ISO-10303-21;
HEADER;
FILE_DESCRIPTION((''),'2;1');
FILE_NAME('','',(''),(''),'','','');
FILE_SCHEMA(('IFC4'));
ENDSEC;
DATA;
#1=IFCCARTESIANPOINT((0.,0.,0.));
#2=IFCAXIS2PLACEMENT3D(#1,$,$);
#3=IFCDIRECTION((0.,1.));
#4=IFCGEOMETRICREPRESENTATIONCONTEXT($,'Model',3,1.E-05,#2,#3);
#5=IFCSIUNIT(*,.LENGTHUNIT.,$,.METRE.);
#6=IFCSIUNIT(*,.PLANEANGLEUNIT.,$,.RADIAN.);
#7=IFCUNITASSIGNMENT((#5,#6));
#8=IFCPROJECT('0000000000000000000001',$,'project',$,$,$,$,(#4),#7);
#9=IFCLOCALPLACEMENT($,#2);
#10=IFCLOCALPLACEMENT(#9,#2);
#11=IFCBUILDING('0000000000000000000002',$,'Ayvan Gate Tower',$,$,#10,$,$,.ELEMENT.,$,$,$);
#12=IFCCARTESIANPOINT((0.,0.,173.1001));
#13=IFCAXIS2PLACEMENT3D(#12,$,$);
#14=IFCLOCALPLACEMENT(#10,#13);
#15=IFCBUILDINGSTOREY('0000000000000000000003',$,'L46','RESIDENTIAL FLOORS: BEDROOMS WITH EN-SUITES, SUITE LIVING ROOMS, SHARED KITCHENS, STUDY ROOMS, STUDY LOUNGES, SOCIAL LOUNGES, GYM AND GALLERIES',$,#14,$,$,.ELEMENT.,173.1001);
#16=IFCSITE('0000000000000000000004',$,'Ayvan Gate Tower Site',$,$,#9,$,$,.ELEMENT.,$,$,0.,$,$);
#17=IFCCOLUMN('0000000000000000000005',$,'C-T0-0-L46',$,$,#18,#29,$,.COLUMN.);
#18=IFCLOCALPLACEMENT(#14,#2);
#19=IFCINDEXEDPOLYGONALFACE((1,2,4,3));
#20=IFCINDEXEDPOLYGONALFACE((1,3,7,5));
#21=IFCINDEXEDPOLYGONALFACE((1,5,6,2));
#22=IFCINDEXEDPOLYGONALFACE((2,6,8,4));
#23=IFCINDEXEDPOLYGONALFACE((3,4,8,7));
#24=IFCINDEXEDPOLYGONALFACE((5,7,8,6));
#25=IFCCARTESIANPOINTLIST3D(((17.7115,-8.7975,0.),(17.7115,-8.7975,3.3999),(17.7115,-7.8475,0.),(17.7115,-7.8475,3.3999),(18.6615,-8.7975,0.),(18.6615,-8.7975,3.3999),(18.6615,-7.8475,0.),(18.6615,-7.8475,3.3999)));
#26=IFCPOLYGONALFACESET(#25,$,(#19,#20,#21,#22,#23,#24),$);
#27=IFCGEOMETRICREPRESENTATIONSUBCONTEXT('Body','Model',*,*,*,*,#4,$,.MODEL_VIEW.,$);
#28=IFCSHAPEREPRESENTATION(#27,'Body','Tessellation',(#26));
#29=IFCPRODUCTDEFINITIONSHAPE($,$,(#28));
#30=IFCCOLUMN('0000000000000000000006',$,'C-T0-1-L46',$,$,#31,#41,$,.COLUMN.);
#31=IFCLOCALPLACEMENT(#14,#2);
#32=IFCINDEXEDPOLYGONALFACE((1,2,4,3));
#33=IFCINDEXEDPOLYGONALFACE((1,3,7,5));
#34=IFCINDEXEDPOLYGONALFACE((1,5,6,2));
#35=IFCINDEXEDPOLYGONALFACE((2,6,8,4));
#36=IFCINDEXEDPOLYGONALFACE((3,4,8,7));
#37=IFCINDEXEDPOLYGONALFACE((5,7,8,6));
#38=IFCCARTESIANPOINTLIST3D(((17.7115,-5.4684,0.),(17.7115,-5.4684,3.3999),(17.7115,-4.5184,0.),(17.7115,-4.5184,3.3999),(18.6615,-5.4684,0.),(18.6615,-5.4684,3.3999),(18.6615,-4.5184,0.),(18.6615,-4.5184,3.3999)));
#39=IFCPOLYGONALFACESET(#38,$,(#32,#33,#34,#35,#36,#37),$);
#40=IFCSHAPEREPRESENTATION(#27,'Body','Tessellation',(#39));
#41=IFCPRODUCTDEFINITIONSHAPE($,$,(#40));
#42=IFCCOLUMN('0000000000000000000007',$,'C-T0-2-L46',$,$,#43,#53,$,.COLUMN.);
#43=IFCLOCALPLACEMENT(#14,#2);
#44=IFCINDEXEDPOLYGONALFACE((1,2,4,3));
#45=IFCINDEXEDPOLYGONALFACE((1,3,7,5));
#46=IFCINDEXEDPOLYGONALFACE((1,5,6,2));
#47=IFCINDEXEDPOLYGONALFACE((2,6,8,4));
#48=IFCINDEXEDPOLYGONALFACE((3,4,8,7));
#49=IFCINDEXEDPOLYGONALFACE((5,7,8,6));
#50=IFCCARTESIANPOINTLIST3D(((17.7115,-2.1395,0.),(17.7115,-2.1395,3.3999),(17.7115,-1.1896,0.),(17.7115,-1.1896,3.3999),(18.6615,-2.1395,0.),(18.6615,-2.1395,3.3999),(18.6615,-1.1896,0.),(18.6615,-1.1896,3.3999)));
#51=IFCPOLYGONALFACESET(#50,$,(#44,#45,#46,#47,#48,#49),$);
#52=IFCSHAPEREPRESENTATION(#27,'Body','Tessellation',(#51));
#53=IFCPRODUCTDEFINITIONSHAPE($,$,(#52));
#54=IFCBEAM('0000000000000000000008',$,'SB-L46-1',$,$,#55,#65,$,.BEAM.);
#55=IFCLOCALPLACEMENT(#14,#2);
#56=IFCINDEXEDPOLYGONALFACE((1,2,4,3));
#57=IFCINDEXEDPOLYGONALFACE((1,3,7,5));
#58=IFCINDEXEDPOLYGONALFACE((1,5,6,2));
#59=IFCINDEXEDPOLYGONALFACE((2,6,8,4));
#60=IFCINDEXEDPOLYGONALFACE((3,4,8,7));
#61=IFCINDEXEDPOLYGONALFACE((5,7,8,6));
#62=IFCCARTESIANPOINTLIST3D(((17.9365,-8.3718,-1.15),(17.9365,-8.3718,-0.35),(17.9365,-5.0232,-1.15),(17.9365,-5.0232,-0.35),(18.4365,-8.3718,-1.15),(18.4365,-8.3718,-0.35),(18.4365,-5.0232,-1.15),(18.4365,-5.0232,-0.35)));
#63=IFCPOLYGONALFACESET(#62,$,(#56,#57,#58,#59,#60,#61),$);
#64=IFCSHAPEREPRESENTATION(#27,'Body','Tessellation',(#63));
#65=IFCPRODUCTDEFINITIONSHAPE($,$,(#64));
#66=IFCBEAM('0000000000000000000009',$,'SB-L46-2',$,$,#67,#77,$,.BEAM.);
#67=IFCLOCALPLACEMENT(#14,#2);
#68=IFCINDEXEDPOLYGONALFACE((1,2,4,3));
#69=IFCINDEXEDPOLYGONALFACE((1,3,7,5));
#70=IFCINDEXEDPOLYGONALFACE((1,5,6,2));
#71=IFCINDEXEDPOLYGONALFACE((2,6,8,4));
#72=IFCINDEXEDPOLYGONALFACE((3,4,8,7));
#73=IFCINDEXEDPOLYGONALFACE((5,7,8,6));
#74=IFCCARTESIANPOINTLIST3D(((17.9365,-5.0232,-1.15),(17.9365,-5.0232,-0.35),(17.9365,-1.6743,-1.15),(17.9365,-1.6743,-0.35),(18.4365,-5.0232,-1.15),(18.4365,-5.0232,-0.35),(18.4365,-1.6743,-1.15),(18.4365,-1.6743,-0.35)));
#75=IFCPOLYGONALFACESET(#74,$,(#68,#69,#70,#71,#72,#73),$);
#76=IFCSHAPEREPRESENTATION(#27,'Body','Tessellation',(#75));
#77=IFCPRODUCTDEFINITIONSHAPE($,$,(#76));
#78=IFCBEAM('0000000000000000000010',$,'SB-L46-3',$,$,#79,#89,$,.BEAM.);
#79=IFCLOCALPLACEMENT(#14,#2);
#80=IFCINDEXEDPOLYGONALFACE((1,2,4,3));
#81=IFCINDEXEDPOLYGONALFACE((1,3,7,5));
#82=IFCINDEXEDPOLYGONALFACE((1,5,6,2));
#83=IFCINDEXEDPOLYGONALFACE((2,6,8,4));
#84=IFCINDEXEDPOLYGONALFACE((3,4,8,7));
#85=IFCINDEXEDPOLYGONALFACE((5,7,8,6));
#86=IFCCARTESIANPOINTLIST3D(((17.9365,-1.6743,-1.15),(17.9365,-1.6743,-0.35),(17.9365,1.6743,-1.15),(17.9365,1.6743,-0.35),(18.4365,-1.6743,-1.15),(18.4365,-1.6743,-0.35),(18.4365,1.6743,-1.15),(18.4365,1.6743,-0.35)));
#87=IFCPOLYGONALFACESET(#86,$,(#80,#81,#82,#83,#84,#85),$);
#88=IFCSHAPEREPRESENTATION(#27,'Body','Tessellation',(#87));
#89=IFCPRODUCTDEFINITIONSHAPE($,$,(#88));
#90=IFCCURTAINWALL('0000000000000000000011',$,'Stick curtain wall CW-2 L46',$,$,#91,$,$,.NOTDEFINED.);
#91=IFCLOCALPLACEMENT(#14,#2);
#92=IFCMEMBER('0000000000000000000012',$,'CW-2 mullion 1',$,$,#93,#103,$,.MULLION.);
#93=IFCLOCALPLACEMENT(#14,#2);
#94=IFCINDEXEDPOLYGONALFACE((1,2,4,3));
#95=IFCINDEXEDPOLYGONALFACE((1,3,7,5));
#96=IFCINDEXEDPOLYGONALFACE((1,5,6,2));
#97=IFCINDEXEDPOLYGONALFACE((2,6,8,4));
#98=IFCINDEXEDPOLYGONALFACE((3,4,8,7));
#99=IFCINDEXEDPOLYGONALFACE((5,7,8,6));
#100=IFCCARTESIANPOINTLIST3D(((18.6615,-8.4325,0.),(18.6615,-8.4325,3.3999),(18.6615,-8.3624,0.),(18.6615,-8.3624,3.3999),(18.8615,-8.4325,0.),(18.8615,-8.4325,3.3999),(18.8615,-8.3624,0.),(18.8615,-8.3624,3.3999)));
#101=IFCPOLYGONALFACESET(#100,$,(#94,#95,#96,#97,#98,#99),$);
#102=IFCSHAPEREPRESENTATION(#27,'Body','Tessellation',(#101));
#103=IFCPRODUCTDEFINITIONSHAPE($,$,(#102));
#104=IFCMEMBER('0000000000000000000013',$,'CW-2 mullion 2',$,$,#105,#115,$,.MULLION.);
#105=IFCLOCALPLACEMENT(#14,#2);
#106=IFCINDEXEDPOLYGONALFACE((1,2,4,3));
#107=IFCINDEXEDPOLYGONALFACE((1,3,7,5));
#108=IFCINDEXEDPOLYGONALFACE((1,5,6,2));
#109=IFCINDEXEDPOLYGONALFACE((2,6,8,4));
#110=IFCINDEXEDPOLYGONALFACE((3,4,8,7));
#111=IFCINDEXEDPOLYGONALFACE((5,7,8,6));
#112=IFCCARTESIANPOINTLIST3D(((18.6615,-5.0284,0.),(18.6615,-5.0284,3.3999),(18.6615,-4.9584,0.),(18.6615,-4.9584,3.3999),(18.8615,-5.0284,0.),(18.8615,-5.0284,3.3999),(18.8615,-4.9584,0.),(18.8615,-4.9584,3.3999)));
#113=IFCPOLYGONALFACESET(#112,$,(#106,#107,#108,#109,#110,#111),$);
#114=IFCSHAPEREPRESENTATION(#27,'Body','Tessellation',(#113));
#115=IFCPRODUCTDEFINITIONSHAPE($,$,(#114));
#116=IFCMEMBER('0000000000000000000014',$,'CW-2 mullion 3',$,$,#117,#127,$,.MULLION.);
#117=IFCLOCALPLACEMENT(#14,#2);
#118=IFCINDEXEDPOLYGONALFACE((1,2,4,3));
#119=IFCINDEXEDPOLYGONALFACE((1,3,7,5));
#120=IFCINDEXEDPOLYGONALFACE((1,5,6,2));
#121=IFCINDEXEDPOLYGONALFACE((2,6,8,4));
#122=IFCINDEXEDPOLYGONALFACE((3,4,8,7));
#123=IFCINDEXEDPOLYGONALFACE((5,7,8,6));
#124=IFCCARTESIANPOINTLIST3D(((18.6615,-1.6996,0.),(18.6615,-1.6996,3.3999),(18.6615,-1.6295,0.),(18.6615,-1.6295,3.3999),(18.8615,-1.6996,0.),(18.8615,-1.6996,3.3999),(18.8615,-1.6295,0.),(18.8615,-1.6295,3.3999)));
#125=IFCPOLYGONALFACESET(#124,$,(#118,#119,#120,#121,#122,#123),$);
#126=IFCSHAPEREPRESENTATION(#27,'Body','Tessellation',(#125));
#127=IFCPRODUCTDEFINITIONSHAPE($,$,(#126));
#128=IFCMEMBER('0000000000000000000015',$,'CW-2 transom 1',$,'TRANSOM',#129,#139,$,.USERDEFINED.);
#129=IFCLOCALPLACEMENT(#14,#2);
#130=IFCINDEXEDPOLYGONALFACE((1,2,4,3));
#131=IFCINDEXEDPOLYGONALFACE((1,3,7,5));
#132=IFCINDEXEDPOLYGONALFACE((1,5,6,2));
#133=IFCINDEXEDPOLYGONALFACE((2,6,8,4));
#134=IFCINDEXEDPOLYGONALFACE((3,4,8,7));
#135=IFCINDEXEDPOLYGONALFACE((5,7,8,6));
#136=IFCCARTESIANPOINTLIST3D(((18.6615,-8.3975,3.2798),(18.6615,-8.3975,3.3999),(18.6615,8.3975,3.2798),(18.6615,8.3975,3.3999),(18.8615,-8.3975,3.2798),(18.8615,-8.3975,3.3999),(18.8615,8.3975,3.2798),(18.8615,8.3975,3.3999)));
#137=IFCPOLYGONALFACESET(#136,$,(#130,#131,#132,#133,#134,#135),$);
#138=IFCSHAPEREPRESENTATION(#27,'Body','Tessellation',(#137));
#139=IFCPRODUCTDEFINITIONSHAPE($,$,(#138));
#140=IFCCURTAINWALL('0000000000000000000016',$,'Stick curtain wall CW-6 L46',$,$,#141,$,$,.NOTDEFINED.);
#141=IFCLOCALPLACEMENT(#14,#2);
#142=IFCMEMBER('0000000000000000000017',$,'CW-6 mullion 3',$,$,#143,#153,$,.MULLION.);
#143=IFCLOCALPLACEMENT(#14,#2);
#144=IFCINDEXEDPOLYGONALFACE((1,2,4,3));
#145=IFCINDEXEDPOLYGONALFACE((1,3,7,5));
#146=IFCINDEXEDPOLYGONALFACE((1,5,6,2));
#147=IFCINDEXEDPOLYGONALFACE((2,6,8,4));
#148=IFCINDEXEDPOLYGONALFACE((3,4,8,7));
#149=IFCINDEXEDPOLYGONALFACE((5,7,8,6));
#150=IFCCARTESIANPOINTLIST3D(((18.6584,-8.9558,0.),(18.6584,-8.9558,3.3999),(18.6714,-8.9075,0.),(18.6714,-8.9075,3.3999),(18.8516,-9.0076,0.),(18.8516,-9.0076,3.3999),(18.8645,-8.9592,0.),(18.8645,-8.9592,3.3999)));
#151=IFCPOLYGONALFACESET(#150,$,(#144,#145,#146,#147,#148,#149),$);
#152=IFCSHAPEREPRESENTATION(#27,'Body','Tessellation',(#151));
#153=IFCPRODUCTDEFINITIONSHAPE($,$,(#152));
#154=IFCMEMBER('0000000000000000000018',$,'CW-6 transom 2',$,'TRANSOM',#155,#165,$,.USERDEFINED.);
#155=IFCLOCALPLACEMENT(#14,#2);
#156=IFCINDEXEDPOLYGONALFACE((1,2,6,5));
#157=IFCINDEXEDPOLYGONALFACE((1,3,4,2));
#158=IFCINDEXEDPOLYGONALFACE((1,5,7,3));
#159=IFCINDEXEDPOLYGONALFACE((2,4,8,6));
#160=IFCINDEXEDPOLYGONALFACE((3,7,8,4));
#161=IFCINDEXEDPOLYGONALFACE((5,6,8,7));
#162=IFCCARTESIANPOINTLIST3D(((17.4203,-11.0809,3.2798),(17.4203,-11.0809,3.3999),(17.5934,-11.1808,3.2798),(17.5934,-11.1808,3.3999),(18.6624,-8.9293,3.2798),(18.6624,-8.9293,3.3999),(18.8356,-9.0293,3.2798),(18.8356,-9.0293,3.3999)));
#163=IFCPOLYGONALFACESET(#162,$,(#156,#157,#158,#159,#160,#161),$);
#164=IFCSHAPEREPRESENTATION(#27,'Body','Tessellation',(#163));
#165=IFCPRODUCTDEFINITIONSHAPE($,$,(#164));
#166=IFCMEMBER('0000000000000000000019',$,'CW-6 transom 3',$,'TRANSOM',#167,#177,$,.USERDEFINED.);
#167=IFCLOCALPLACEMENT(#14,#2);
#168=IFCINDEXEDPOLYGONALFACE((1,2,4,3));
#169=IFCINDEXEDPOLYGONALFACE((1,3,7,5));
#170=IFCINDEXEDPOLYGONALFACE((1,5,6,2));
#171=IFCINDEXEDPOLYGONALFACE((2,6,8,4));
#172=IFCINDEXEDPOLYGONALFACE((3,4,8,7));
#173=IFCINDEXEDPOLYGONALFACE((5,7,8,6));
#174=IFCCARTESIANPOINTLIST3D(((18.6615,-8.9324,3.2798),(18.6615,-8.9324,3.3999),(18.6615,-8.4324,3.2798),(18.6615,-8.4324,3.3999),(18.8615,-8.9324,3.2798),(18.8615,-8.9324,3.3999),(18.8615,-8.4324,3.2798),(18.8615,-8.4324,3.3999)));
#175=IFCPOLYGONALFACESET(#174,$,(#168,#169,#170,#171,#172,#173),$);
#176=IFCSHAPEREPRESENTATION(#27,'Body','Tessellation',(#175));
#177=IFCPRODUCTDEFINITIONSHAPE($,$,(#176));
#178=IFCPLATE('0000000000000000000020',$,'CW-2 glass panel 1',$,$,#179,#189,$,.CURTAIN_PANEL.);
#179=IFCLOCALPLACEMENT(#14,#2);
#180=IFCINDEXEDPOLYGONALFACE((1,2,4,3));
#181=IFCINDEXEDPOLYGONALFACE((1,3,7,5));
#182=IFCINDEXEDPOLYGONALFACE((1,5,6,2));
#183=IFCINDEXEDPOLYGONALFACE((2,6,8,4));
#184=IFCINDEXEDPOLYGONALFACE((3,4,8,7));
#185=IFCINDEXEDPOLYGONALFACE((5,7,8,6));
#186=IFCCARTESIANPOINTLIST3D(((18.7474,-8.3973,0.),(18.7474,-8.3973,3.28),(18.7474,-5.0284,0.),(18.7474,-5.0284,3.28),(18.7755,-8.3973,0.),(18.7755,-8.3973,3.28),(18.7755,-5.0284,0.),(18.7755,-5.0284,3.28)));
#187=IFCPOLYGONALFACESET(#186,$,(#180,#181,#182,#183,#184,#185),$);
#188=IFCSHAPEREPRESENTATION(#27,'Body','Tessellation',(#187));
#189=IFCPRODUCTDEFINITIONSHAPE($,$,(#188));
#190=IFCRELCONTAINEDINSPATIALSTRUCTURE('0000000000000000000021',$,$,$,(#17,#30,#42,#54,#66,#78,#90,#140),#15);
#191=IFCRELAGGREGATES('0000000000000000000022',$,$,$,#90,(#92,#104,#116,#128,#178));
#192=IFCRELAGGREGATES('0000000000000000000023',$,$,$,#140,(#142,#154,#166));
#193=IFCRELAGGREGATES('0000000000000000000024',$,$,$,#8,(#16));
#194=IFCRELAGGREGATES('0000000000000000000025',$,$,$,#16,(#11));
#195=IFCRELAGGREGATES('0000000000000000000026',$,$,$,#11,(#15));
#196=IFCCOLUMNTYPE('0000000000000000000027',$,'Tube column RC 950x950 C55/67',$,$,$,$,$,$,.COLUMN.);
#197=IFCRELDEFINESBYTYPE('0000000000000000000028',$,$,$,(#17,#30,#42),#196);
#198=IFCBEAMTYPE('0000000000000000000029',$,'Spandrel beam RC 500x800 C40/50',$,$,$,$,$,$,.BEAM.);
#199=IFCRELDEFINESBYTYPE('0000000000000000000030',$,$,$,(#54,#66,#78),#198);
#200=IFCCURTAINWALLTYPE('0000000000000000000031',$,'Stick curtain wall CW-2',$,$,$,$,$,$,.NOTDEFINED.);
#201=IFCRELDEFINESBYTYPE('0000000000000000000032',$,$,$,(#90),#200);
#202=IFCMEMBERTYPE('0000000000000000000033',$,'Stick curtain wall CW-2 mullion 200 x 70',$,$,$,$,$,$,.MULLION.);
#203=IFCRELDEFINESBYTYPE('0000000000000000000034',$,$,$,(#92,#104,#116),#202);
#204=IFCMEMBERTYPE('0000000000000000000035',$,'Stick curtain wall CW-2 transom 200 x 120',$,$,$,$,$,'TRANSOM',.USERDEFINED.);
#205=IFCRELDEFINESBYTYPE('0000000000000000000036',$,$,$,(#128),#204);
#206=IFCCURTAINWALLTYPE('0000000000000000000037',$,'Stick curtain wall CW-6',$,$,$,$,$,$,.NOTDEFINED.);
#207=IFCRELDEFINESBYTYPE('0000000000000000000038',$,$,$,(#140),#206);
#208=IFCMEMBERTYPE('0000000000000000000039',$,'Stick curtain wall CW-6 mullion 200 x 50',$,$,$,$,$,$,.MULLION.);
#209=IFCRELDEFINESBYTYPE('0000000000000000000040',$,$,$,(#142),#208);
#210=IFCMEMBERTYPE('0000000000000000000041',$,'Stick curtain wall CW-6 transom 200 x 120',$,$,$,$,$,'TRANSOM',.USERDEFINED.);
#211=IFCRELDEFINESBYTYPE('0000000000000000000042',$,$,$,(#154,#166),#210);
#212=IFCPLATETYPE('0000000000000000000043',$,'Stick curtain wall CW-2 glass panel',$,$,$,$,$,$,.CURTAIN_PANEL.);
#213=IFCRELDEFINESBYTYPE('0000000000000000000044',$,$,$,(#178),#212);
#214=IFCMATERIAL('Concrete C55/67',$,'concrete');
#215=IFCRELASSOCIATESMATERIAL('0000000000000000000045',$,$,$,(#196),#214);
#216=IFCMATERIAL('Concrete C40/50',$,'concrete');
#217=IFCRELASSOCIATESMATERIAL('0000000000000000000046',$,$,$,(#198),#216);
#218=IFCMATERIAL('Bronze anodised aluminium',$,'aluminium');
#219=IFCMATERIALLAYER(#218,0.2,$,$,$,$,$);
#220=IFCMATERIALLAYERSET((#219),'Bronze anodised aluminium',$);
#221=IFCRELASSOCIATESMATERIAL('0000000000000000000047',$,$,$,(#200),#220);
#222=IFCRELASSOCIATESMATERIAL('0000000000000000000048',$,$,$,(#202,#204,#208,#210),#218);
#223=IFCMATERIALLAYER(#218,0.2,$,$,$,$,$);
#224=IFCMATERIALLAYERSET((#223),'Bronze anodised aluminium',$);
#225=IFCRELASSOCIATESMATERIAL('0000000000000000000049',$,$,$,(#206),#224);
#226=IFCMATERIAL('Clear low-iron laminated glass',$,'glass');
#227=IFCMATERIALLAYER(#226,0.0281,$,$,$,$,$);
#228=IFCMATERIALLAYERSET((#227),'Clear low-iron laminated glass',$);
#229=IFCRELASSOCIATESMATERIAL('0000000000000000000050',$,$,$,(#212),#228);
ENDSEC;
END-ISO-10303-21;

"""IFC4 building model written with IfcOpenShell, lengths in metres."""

from ifc_helpers import new_model, si_unit, direction, frame, origin, origin_2d, place, context, subcontext, project, spatial, rectangle, extrude, material, layer, layer_set, material_profile, profile_set, type_object, element, aggregate, save


model = new_model("IFC4")

# Units and contexts
model_context = context("Model", 3, precision=1e-05, world=origin(), true_north=direction((0.0, 1.0)))
body_context = subcontext(model_context, "Body", "Model", "MODEL_VIEW")
ifc_project = project(units=[si_unit("LENGTHUNIT", "METRE"), si_unit("PLANEANGLEUNIT", "RADIAN")], contexts=[model_context])

# Site, building, storey
site_placement = place(None, origin())
site = spatial("IfcSite", under=ifc_project, at=site_placement, Name="Ayvan Gate Tower Site", CompositionType="ELEMENT", RefElevation=0.0)
building_placement = place(site_placement, origin())
building = spatial("IfcBuilding", under=site, at=building_placement, Name="Ayvan Gate Tower", CompositionType="ELEMENT")
storey_placement = place(building_placement, frame((0.0, 0.0, 173.1001)))
storey = spatial("IfcBuildingStorey", under=building, at=storey_placement, Name="L46", Description="RESIDENTIAL FLOORS: BEDROOMS WITH EN-SUITES, SUITE LIVING ROOMS, SHARED KITCHENS, STUDY ROOMS, STUDY LOUNGES, SOCIAL LOUNGES, GYM AND GALLERIES", CompositionType="ELEMENT", Elevation=173.1001)

# Columns
ifc_material_1 = material(Name="Concrete C55/67", Category="concrete")
ifc_material_profile_1 = material_profile(ifc_material_1, rectangle(XDim=0.95, YDim=0.95, at=origin_2d()), Name="RC 950x950")
ifc_profile_set_1 = profile_set([ifc_material_profile_1], Name="Concrete C55/67")
column_type = type_object("IfcColumnType", Name="Tube column RC 950x950 C55/67", PredefinedType="COLUMN", material=ifc_profile_set_1)
for number, where, z_axis, x_axis, name in (
    (1, (18.1865, -8.3225, 0.0), (0.0, 0.0, 1.0), (1.0, 0.0, 0.0), "C-T0-0-L46"),
    (2, (18.1865, -4.9934, 0.0), (0.0, 0.0, 1.0), (1.0, 0.0, 0.0), "C-T0-1-L46"),
    (3, (18.1865, -1.6646, 0.0), (0.0, 0.0, 1.0), (1.0, 0.0, 0.0), "C-T0-2-L46"),
):
    element("IfcColumn", number, at=place(storey_placement, frame(where, z_axis=z_axis, x_axis=x_axis)), inside=storey, type_object=column_type, Name=name, PredefinedType="COLUMN", context=body_context, shape_type="SweptSolid", body=[
        extrude(rectangle(XDim=0.95, YDim=0.95, at=origin_2d()), origin(), (0.0, 0.0, 1.0), 3.3999),
    ])

# Beams
ifc_material_2 = material(Name="Concrete C40/50", Category="concrete")
ifc_material_profile_2 = material_profile(ifc_material_2, rectangle(XDim=0.5, YDim=0.8, at=origin_2d()), Name="RC 500x800")
ifc_profile_set_2 = profile_set([ifc_material_profile_2], Name="Concrete C40/50")
beam_type = type_object("IfcBeamType", Name="Spandrel beam RC 500x800 C40/50", PredefinedType="BEAM", material=ifc_profile_set_2)
beam_1_placement = place(storey_placement, frame((18.1865, -8.3718, -0.75), z_axis=(0.0, 1.0, 0.0), x_axis=(-1.0, 0.0, 0.0)))
element("IfcBeam", 4, at=beam_1_placement, inside=storey, type_object=beam_type, Name="SB-L46-1", PredefinedType="BEAM", context=body_context, shape_type="SweptSolid", body=[
    extrude(rectangle(XDim=0.5, YDim=0.8, at=origin_2d()), origin(), (0.0, 0.0, 1.0), 3.3486),
])
beam_2_placement = place(storey_placement, frame((18.1865, -5.0232, -0.75), z_axis=(0.0, 1.0, 0.0), x_axis=(-1.0, 0.0, 0.0)))
element("IfcBeam", 5, at=beam_2_placement, inside=storey, type_object=beam_type, Name="SB-L46-2", PredefinedType="BEAM", context=body_context, shape_type="SweptSolid", body=[
    extrude(rectangle(XDim=0.5, YDim=0.8, at=origin_2d()), origin(), (0.0, 0.0, 1.0), 3.3489),
])
beam_3_placement = place(storey_placement, frame((18.1865, -1.6743, -0.75), z_axis=(0.0, 1.0, 0.0), x_axis=(-1.0, 0.0, 0.0)))
element("IfcBeam", 6, at=beam_3_placement, inside=storey, type_object=beam_type, Name="SB-L46-3", PredefinedType="BEAM", context=body_context, shape_type="SweptSolid", body=[
    extrude(rectangle(XDim=0.5, YDim=0.8, at=origin_2d()), origin(), (0.0, 0.0, 1.0), 3.3486),
])

# Curtain walls, members
ifc_material_3 = material(Name="Bronze anodised aluminium", Category="aluminium")
ifc_layer_1 = layer(ifc_material_3, 0.2)
ifc_layer_set_1 = layer_set([ifc_layer_1], Name="Bronze anodised aluminium")
curtain_wall_type_1 = type_object("IfcCurtainWallType", Name="Stick curtain wall CW-2", PredefinedType="NOTDEFINED", material=ifc_layer_set_1)
curtain_wall_1_placement = place(storey_placement, origin())
curtain_wall_1 = element("IfcCurtainWall", 7, at=curtain_wall_1_placement, inside=storey, type_object=curtain_wall_type_1, Name="Stick curtain wall CW-2 L46", PredefinedType="NOTDEFINED")
ifc_material_profile_3 = material_profile(ifc_material_3, rectangle(XDim=0.2, YDim=0.0701, at=origin_2d()), Name="Stick curtain wall CW-2 mullion 200 x 70")
ifc_profile_set_3 = profile_set([ifc_material_profile_3], Name="Bronze anodised aluminium")
member_type_1 = type_object("IfcMemberType", Name="Stick curtain wall CW-2 mullion 200 x 70", PredefinedType="MULLION", material=ifc_profile_set_3)
member_1_placement = place(storey_placement, frame((18.7615, -8.3975, 0.0), z_axis=(0.0, 0.0, 1.0), x_axis=(1.0, 0.0, 0.0)))
member_1 = element("IfcMember", 8, at=member_1_placement, type_object=member_type_1, Name="CW-2 mullion 1", PredefinedType="MULLION", context=body_context, shape_type="SweptSolid", body=[
    extrude(rectangle(XDim=0.2, YDim=0.0701, at=origin_2d()), origin(), (0.0, 0.0, 1.0), 3.3999),
])
member_2_placement = place(storey_placement, frame((18.7615, -4.9934, 0.0), z_axis=(0.0, 0.0, 1.0), x_axis=(1.0, 0.0, 0.0)))
member_2 = element("IfcMember", 9, at=member_2_placement, type_object=member_type_1, Name="CW-2 mullion 2", PredefinedType="MULLION", context=body_context, shape_type="SweptSolid", body=[
    extrude(rectangle(XDim=0.2, YDim=0.0701, at=origin_2d()), origin(), (0.0, 0.0, 1.0), 3.3999),
])
member_3_placement = place(storey_placement, frame((18.7615, -1.6646, 0.0), z_axis=(0.0, 0.0, 1.0), x_axis=(1.0, 0.0, 0.0)))
member_3 = element("IfcMember", 10, at=member_3_placement, type_object=member_type_1, Name="CW-2 mullion 3", PredefinedType="MULLION", context=body_context, shape_type="SweptSolid", body=[
    extrude(rectangle(XDim=0.2, YDim=0.0701, at=origin_2d()), origin(), (0.0, 0.0, 1.0), 3.3999),
])
ifc_material_profile_4 = material_profile(ifc_material_3, rectangle(XDim=0.2, YDim=0.1201, at=origin_2d()), Name="Stick curtain wall CW-2 transom 200 x 120")
ifc_profile_set_4 = profile_set([ifc_material_profile_4], Name="Bronze anodised aluminium")
member_type_2 = type_object("IfcMemberType", Name="Stick curtain wall CW-2 transom 200 x 120", ElementType="TRANSOM", PredefinedType="USERDEFINED", material=ifc_profile_set_4)
member_4_placement = place(storey_placement, frame((18.7615, -8.3975, 3.3398), z_axis=(0.0, 1.0, 0.0), x_axis=(-1.0, 0.0, 0.0)))
member_4 = element("IfcMember", 11, at=member_4_placement, type_object=member_type_2, Name="CW-2 transom 1", ObjectType="TRANSOM", PredefinedType="USERDEFINED", context=body_context, shape_type="SweptSolid", body=[
    extrude(rectangle(XDim=0.2, YDim=0.1201, at=origin_2d()), origin(), (0.0, 0.0, 1.0), 16.7949),
])
ifc_layer_2 = layer(ifc_material_3, 0.2)
ifc_layer_set_2 = layer_set([ifc_layer_2], Name="Bronze anodised aluminium")
curtain_wall_type_2 = type_object("IfcCurtainWallType", Name="Stick curtain wall CW-6", PredefinedType="NOTDEFINED", material=ifc_layer_set_2)
curtain_wall_2_placement = place(storey_placement, origin())
curtain_wall_2 = element("IfcCurtainWall", 12, at=curtain_wall_2_placement, inside=storey, type_object=curtain_wall_type_2, Name="Stick curtain wall CW-6 L46", PredefinedType="NOTDEFINED")
ifc_material_profile_5 = material_profile(ifc_material_3, rectangle(XDim=0.2, YDim=0.05, at=origin_2d()), Name="Stick curtain wall CW-6 mullion 200 x 50")
ifc_profile_set_5 = profile_set([ifc_material_profile_5], Name="Bronze anodised aluminium")
member_type_3 = type_object("IfcMemberType", Name="Stick curtain wall CW-6 mullion 200 x 50", PredefinedType="MULLION", material=ifc_profile_set_5)
member_5_placement = place(storey_placement, frame((18.7615, -8.9575, 0.0), z_axis=(0.0, 0.0, 1.0), x_axis=(0.965926, -0.258819, 0.0)))
member_5 = element("IfcMember", 13, at=member_5_placement, type_object=member_type_3, Name="CW-6 mullion 3", PredefinedType="MULLION", context=body_context, shape_type="SweptSolid", body=[
    extrude(rectangle(XDim=0.2, YDim=0.05, at=origin_2d()), origin(), (0.0, 0.0, 1.0), 3.3999),
])
ifc_material_profile_6 = material_profile(ifc_material_3, rectangle(XDim=0.2, YDim=0.1201, at=origin_2d()), Name="Stick curtain wall CW-6 transom 200 x 120")
ifc_profile_set_6 = profile_set([ifc_material_profile_6], Name="Bronze anodised aluminium")
member_type_4 = type_object("IfcMemberType", Name="Stick curtain wall CW-6 transom 200 x 120", ElementType="TRANSOM", PredefinedType="USERDEFINED", material=ifc_profile_set_6)
member_6_placement = place(storey_placement, frame((17.5068, -11.1309, 3.3398), z_axis=(0.499986, 0.866033, 0.0), x_axis=(-0.866033, 0.499986, 0.0)))
member_6 = element("IfcMember", 14, at=member_6_placement, type_object=member_type_4, Name="CW-6 transom 2", ObjectType="TRANSOM", PredefinedType="USERDEFINED", context=body_context, shape_type="SweptSolid", body=[
    extrude(rectangle(XDim=0.2, YDim=0.1201, at=origin_2d()), origin(), (0.0, 0.0, 1.0), 2.4844),
])
member_7_placement = place(storey_placement, frame((18.7615, -8.9324, 3.3398), z_axis=(0.0, 1.0, 0.0), x_axis=(-1.0, 0.0, 0.0)))
member_7 = element("IfcMember", 15, at=member_7_placement, type_object=member_type_4, Name="CW-6 transom 3", ObjectType="TRANSOM", PredefinedType="USERDEFINED", context=body_context, shape_type="SweptSolid", body=[
    extrude(rectangle(XDim=0.2, YDim=0.1201, at=origin_2d()), origin(), (0.0, 0.0, 1.0), 0.5),
])

# Plate
ifc_material_4 = material(Name="Clear low-iron laminated glass", Category="glass")
ifc_layer_3 = layer(ifc_material_4, 0.0281)
ifc_layer_set_3 = layer_set([ifc_layer_3], Name="Clear low-iron laminated glass")
plate_type_1 = type_object("IfcPlateType", Name="Stick curtain wall CW-2 glass panel", PredefinedType="CURTAIN_PANEL", material=ifc_layer_set_3)
plate_1_placement = place(storey_placement, frame((18.7615, -6.7129, 0.0), z_axis=(0.0, 0.0, 1.0), x_axis=(0.0, 1.0, 0.0)))
plate_1 = element("IfcPlate", 16, at=plate_1_placement, type_object=plate_type_1, Name="CW-2 glass panel 1", PredefinedType="CURTAIN_PANEL", context=body_context, shape_type="SweptSolid", body=[
    extrude(rectangle(XDim=3.3689, YDim=0.0281, at=origin_2d()), origin(), (0.0, 0.0, 1.0), 3.28),
])
aggregate(curtain_wall_1, [member_1, member_2, member_3, member_4, plate_1])
aggregate(curtain_wall_2, [member_5, member_6, member_7])

save(model, "model.ifc")
